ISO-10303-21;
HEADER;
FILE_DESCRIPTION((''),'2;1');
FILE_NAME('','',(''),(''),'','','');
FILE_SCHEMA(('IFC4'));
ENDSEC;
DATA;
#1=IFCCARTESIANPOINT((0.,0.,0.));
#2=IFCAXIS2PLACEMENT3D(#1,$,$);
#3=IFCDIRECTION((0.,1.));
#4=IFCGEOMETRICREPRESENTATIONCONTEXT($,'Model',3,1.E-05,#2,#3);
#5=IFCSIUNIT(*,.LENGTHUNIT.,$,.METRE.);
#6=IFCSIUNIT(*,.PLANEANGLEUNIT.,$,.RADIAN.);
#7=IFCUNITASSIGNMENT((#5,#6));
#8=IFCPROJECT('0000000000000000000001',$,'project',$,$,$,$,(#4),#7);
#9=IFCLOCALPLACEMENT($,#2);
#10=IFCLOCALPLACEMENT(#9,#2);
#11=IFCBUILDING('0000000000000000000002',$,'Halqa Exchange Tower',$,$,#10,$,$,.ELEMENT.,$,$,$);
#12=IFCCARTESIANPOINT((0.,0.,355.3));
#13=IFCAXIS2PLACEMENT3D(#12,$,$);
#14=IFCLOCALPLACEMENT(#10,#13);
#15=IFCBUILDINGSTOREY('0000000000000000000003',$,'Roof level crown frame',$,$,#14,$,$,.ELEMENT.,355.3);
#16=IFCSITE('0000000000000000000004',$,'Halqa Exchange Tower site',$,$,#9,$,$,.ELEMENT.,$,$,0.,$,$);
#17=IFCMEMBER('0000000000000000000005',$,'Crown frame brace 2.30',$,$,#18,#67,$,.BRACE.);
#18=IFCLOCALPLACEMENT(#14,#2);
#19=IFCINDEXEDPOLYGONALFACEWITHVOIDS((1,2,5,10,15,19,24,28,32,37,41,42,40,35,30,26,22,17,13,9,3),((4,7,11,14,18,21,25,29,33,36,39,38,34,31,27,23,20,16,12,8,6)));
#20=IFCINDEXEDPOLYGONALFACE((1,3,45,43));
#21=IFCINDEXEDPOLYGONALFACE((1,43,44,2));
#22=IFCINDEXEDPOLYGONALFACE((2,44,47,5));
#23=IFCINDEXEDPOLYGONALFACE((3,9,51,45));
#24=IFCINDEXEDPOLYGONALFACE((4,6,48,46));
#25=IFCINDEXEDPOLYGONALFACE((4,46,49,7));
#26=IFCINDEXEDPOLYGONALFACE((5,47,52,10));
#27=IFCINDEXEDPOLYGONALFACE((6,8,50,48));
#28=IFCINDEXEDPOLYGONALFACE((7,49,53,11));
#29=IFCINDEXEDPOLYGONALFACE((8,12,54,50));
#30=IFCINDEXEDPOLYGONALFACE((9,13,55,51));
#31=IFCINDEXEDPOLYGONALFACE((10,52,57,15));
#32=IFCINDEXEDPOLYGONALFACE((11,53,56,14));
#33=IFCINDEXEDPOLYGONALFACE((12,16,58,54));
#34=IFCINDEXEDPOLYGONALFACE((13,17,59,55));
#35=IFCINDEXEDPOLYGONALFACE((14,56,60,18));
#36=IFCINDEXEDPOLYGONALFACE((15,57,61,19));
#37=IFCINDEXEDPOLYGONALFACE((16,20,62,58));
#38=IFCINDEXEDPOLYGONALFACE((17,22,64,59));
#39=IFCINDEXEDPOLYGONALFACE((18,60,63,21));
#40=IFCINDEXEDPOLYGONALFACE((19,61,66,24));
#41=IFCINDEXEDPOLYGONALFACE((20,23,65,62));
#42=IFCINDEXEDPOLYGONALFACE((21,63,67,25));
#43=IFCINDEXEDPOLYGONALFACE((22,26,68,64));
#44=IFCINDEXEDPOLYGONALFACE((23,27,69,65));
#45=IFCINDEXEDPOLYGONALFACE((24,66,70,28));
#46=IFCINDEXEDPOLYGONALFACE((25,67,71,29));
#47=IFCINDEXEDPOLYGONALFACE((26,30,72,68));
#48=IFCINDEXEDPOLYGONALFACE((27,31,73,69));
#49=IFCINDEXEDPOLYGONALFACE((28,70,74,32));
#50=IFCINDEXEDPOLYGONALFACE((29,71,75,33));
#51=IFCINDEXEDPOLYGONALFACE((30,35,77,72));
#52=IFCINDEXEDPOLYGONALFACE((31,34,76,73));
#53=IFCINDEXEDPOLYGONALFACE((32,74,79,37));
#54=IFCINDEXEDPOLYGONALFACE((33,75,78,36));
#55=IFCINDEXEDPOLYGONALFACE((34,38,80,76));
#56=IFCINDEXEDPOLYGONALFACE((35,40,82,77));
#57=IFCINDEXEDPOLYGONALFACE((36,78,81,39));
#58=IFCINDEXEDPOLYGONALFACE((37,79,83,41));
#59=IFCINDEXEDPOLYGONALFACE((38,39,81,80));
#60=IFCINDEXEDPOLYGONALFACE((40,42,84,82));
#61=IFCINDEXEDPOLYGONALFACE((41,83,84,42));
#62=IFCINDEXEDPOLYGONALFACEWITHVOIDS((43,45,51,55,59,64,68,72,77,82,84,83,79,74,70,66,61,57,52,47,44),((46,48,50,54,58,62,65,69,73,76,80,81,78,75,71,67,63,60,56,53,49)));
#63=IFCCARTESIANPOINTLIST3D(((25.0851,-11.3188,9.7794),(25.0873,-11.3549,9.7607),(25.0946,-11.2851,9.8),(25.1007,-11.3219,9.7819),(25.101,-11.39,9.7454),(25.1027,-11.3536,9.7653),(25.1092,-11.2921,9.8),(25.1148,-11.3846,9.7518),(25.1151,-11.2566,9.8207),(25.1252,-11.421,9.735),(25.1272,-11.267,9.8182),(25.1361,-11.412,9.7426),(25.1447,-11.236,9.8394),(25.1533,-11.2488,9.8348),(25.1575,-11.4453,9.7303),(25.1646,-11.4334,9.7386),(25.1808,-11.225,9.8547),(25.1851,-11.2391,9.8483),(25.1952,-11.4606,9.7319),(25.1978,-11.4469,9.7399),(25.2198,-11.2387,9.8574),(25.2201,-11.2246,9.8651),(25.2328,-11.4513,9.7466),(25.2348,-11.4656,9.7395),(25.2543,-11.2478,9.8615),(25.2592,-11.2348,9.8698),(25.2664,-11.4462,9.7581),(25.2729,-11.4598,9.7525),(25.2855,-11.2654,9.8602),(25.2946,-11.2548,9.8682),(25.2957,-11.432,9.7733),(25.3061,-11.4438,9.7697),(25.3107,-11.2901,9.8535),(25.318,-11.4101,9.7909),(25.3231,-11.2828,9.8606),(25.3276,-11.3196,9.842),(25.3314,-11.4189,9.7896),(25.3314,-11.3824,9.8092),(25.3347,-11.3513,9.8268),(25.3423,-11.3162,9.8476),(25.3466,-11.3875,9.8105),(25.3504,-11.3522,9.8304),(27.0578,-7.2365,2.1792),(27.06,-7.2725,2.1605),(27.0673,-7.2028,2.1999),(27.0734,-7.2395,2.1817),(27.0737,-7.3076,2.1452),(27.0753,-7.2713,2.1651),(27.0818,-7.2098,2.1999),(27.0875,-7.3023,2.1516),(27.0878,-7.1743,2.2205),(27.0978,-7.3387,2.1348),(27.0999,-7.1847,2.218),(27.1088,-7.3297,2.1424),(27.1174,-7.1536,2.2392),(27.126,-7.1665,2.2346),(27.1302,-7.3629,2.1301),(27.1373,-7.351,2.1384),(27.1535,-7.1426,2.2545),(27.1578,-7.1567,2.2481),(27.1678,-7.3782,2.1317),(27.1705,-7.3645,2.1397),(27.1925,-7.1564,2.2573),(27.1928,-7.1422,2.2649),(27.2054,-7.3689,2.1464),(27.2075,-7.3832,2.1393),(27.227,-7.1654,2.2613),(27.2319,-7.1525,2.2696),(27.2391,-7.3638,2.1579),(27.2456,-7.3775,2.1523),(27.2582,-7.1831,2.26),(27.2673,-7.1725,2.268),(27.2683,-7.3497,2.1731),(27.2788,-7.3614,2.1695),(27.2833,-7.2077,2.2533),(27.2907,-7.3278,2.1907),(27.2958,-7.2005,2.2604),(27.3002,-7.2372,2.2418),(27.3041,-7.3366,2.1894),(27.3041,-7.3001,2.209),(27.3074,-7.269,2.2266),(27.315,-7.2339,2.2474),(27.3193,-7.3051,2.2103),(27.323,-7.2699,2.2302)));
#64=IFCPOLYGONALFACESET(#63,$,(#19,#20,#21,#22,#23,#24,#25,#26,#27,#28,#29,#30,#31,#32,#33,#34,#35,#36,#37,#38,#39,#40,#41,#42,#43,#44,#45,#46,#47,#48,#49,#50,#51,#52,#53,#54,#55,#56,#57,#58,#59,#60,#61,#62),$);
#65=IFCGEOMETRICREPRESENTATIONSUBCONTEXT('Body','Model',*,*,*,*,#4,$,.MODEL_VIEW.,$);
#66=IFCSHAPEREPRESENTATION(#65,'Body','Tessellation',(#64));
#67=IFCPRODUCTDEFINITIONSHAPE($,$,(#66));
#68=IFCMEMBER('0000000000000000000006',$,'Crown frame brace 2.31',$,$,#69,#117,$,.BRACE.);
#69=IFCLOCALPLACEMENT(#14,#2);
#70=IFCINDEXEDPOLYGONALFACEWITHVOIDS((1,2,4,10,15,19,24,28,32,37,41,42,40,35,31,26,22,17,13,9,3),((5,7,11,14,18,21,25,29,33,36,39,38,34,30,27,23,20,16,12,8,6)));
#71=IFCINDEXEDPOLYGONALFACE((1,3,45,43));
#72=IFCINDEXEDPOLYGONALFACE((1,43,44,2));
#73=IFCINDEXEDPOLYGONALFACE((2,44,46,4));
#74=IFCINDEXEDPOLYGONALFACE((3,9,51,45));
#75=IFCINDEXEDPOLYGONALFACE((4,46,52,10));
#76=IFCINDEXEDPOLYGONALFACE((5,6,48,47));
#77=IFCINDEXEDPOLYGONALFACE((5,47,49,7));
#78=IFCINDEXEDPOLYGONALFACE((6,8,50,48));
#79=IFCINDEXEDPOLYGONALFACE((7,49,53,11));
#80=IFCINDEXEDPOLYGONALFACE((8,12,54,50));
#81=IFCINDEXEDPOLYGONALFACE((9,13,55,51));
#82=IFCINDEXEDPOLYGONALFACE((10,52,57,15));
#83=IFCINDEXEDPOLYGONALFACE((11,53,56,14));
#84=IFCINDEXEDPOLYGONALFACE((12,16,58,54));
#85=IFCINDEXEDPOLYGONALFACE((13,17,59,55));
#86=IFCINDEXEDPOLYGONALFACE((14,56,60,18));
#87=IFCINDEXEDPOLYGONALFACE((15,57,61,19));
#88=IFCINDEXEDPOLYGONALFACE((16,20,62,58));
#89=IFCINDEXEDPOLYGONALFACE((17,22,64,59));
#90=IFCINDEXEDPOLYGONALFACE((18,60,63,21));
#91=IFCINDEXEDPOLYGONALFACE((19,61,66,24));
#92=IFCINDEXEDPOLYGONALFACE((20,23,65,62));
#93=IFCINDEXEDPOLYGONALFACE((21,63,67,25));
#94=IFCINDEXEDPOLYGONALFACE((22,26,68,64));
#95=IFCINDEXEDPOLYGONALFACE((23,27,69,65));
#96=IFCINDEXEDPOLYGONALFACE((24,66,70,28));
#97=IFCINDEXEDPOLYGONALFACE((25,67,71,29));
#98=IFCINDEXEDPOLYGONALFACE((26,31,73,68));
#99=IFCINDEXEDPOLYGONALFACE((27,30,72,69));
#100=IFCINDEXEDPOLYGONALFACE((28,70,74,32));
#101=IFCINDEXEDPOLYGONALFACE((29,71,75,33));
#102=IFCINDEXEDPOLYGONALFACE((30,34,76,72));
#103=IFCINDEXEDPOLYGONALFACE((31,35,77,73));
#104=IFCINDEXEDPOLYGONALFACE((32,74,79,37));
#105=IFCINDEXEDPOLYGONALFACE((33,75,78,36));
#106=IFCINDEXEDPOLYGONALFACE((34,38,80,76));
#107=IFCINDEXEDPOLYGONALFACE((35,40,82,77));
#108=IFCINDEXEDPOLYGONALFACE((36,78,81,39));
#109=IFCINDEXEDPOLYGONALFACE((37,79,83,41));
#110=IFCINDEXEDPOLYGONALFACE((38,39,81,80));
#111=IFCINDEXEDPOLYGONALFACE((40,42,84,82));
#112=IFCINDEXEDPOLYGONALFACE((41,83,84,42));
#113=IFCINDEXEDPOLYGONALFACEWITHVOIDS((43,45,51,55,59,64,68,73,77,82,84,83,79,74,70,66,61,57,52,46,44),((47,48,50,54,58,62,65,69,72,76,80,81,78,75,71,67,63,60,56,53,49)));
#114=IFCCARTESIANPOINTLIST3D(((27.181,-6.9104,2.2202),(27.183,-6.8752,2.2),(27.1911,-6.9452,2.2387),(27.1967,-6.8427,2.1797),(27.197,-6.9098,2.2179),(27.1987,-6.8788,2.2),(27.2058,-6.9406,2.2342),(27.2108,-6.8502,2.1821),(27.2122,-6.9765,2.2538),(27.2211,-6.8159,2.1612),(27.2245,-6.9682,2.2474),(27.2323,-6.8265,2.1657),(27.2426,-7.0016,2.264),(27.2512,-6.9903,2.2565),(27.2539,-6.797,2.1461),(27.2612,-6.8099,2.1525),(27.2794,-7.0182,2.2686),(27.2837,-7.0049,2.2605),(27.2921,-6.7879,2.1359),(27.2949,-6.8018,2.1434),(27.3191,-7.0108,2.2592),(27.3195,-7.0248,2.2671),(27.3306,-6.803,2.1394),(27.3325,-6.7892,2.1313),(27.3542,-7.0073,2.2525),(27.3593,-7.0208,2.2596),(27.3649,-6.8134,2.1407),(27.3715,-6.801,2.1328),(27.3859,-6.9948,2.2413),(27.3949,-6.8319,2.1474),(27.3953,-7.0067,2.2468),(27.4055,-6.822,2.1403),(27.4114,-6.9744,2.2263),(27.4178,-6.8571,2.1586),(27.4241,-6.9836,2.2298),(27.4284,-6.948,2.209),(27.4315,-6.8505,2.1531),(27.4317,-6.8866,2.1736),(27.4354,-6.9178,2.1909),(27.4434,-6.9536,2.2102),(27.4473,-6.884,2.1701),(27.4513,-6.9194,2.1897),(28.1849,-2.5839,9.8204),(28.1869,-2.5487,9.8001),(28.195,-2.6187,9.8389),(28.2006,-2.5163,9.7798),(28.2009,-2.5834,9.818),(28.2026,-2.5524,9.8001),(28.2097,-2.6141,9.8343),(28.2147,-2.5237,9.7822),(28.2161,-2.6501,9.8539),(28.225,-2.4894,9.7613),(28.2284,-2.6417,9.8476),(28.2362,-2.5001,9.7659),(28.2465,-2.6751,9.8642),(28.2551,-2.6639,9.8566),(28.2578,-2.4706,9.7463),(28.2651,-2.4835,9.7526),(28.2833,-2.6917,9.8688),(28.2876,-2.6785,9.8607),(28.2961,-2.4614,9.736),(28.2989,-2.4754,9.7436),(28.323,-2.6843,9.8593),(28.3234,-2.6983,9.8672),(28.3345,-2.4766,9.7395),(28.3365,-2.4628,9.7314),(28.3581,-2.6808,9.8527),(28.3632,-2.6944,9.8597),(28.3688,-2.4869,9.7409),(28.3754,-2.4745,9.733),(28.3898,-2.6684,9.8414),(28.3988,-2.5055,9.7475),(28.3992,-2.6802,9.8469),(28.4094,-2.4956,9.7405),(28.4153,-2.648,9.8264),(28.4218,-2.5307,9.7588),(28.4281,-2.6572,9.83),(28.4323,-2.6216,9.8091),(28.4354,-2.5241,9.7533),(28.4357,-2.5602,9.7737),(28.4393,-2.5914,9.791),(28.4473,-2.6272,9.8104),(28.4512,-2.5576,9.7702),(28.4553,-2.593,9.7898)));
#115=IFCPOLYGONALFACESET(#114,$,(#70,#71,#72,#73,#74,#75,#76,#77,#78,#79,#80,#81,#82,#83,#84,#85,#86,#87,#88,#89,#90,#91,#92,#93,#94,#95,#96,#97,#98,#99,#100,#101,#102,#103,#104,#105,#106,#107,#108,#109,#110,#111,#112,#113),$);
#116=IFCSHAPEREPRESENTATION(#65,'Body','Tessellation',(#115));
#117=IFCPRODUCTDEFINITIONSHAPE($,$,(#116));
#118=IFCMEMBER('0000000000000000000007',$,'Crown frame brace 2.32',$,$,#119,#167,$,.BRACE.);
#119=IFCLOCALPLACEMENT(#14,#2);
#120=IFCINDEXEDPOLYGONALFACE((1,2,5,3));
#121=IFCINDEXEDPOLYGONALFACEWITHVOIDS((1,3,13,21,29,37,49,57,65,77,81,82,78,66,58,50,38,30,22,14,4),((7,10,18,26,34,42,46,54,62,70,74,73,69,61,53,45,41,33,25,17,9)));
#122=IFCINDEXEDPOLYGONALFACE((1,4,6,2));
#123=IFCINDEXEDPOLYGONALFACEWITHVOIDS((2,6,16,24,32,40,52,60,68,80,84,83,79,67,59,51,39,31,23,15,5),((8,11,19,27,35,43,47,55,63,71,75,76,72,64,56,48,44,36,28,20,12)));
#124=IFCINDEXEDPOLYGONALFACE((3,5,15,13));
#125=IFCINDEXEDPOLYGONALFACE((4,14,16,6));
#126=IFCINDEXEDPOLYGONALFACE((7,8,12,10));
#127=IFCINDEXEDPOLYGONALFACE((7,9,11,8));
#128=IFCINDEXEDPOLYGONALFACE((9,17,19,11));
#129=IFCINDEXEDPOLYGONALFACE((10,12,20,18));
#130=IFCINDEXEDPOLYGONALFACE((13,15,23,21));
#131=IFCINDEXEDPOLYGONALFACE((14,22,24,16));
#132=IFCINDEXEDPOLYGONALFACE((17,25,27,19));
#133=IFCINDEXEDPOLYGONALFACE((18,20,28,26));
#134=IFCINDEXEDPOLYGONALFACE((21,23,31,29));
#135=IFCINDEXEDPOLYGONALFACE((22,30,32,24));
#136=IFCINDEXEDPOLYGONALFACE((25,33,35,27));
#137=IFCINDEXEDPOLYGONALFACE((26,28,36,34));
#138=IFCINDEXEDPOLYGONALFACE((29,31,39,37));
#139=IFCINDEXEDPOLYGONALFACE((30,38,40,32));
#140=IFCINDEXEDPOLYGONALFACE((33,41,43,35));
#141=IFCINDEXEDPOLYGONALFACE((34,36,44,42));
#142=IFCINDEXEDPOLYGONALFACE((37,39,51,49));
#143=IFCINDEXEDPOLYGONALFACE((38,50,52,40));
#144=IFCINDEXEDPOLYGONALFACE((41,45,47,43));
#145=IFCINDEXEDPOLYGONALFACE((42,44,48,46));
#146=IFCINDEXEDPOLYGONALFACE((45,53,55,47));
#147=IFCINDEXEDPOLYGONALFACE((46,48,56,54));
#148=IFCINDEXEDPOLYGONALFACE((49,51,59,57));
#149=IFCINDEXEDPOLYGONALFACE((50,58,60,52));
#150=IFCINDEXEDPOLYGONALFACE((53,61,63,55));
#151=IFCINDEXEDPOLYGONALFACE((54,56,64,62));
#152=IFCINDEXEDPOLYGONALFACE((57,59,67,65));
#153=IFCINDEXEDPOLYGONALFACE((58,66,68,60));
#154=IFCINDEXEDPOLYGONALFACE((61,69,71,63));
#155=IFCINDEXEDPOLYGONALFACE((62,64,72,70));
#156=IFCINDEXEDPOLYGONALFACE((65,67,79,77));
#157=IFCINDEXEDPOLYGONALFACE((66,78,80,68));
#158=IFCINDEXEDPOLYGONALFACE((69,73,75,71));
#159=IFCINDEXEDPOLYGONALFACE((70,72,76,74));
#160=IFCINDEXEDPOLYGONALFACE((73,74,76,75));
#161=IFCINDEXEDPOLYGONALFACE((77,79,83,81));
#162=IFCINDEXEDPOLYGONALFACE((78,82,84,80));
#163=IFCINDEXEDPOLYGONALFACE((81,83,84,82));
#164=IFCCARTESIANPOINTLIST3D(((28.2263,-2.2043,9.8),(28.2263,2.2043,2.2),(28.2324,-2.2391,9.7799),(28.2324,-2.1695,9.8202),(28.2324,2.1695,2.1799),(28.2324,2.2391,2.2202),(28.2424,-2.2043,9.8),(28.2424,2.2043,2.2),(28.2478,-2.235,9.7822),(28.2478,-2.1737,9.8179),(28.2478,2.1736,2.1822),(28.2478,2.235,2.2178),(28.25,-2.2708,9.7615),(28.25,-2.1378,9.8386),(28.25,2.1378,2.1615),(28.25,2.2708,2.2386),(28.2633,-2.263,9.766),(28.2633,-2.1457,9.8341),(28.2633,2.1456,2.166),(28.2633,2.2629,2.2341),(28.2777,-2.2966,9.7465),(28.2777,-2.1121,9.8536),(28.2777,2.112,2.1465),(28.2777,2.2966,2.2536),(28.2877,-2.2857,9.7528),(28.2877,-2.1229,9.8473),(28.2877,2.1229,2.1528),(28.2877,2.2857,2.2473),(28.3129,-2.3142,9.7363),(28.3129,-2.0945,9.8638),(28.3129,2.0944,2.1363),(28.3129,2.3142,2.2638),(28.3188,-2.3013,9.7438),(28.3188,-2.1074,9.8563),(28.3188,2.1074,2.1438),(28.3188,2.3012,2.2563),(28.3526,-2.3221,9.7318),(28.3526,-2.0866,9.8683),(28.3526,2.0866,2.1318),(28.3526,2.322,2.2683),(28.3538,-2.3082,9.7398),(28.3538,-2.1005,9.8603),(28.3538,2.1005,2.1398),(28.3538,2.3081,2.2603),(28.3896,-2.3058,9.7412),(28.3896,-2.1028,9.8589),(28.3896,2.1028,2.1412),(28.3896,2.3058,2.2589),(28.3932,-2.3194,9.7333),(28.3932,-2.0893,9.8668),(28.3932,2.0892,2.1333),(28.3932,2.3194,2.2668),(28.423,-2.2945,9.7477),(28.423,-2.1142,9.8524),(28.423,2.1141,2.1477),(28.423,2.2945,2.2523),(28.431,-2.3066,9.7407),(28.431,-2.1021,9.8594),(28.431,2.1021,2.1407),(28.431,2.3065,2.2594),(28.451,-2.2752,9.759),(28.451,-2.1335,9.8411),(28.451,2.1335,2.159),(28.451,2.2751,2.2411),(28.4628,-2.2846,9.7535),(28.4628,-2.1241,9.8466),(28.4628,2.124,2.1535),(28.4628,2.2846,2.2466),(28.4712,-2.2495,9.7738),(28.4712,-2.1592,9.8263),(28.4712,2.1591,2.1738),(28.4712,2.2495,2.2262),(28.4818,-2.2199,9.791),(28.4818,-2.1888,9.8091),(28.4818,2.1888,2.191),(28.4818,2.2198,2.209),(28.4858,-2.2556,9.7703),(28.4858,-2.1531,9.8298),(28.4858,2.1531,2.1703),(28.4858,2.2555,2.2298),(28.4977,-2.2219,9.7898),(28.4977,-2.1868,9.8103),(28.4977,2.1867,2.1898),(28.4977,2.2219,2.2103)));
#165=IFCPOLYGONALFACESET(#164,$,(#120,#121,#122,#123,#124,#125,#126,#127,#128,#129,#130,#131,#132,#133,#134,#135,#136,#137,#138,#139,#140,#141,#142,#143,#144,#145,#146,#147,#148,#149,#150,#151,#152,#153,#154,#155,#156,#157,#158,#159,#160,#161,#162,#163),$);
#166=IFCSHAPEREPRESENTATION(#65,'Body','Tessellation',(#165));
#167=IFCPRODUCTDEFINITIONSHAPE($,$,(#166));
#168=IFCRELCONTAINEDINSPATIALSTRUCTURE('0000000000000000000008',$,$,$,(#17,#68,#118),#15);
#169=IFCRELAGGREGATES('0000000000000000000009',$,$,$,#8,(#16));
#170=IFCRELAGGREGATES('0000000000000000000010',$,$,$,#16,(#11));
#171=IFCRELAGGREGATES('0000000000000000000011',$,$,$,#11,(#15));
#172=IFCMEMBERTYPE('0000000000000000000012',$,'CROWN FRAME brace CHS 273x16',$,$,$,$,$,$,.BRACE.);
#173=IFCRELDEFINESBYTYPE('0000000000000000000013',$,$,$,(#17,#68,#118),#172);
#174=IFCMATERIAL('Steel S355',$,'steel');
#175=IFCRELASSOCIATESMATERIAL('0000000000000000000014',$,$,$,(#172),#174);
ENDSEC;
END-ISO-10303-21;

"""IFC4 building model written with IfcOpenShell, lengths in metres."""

from ifc_helpers import new_model, si_unit, direction, frame, origin, origin_2d, place, context, subcontext, project, spatial, hollow_circle, extrude, material, material_profile, profile_set, type_object, element, save


model = new_model("IFC4")

# Units and contexts
model_context = context("Model", 3, precision=1e-05, world=origin(), true_north=direction((0.0, 1.0)))
body_context = subcontext(model_context, "Body", "Model", "MODEL_VIEW")
ifc_project = project(units=[si_unit("LENGTHUNIT", "METRE"), si_unit("PLANEANGLEUNIT", "RADIAN")], contexts=[model_context])

# Site, building, storey
site_placement = place(None, origin())
site = spatial("IfcSite", under=ifc_project, at=site_placement, Name="Halqa Exchange Tower site", CompositionType="ELEMENT", RefElevation=0.0)
building_placement = place(site_placement, origin())
building = spatial("IfcBuilding", under=site, at=building_placement, Name="Halqa Exchange Tower", CompositionType="ELEMENT")
storey_placement = place(building_placement, frame((0.0, 0.0, 355.3)))
storey = spatial("IfcBuildingStorey", under=building, at=storey_placement, Name="Roof level crown frame", CompositionType="ELEMENT", Elevation=355.3)

# Shared definitions
ifc_material_1 = material(Name="Steel S355", Category="steel")

# Members
ifc_material_profile_1 = material_profile(ifc_material_1, hollow_circle(Radius=0.1365, WallThickness=0.0161, at=origin_2d()), Name="CHS 273x16")
ifc_profile_set_1 = profile_set([ifc_material_profile_1], Name="Steel S355")
member_type = type_object("IfcMemberType", Name="CROWN FRAME brace CHS 273x16", PredefinedType="BRACE", material=ifc_profile_set_1)
member_1_placement = place(storey_placement, frame((25.2175, -11.3445, 9.8), z_axis=(0.222906, 0.461288, -0.858794), x_axis=(-0.900387, 0.435089, 0.0)))
element("IfcMember", 1, at=member_1_placement, inside=storey, type_object=member_type, Name="Crown frame brace 2.30", PredefinedType="BRACE", context=body_context, shape_type="SweptSolid", body=[
    extrude(hollow_circle(Radius=0.1365, WallThickness=0.0161, at=origin_2d()), origin(), (0.0, 0.0, 1.0), 8.8499),
])
member_2_placement = place(storey_placement, frame((27.3159, -6.906, 2.2), z_axis=(0.114046, 0.491488, 0.863384), x_axis=(-0.974119, 0.226036, 0.0)))
element("IfcMember", 2, at=member_2_placement, inside=storey, type_object=member_type, Name="Crown frame brace 2.31", PredefinedType="BRACE", context=body_context, shape_type="SweptSolid", body=[
    extrude(hollow_circle(Radius=0.1365, WallThickness=0.0161, at=origin_2d()), origin(), (0.0, 0.0, 1.0), 8.8027),
])
member_3_placement = place(storey_placement, frame((28.3628, -2.2043, 9.8), z_axis=(0.0, 0.501772, -0.865), x_axis=(-1.0, 0.0, 0.0)))
element("IfcMember", 3, at=member_3_placement, inside=storey, type_object=member_type, Name="Crown frame brace 2.32", PredefinedType="BRACE", context=body_context, shape_type="SweptSolid", body=[
    extrude(hollow_circle(Radius=0.1365, WallThickness=0.0161, at=origin_2d()), origin(), (0.0, 0.0, 1.0), 8.7861),
])

save(model, "model.ifc")
